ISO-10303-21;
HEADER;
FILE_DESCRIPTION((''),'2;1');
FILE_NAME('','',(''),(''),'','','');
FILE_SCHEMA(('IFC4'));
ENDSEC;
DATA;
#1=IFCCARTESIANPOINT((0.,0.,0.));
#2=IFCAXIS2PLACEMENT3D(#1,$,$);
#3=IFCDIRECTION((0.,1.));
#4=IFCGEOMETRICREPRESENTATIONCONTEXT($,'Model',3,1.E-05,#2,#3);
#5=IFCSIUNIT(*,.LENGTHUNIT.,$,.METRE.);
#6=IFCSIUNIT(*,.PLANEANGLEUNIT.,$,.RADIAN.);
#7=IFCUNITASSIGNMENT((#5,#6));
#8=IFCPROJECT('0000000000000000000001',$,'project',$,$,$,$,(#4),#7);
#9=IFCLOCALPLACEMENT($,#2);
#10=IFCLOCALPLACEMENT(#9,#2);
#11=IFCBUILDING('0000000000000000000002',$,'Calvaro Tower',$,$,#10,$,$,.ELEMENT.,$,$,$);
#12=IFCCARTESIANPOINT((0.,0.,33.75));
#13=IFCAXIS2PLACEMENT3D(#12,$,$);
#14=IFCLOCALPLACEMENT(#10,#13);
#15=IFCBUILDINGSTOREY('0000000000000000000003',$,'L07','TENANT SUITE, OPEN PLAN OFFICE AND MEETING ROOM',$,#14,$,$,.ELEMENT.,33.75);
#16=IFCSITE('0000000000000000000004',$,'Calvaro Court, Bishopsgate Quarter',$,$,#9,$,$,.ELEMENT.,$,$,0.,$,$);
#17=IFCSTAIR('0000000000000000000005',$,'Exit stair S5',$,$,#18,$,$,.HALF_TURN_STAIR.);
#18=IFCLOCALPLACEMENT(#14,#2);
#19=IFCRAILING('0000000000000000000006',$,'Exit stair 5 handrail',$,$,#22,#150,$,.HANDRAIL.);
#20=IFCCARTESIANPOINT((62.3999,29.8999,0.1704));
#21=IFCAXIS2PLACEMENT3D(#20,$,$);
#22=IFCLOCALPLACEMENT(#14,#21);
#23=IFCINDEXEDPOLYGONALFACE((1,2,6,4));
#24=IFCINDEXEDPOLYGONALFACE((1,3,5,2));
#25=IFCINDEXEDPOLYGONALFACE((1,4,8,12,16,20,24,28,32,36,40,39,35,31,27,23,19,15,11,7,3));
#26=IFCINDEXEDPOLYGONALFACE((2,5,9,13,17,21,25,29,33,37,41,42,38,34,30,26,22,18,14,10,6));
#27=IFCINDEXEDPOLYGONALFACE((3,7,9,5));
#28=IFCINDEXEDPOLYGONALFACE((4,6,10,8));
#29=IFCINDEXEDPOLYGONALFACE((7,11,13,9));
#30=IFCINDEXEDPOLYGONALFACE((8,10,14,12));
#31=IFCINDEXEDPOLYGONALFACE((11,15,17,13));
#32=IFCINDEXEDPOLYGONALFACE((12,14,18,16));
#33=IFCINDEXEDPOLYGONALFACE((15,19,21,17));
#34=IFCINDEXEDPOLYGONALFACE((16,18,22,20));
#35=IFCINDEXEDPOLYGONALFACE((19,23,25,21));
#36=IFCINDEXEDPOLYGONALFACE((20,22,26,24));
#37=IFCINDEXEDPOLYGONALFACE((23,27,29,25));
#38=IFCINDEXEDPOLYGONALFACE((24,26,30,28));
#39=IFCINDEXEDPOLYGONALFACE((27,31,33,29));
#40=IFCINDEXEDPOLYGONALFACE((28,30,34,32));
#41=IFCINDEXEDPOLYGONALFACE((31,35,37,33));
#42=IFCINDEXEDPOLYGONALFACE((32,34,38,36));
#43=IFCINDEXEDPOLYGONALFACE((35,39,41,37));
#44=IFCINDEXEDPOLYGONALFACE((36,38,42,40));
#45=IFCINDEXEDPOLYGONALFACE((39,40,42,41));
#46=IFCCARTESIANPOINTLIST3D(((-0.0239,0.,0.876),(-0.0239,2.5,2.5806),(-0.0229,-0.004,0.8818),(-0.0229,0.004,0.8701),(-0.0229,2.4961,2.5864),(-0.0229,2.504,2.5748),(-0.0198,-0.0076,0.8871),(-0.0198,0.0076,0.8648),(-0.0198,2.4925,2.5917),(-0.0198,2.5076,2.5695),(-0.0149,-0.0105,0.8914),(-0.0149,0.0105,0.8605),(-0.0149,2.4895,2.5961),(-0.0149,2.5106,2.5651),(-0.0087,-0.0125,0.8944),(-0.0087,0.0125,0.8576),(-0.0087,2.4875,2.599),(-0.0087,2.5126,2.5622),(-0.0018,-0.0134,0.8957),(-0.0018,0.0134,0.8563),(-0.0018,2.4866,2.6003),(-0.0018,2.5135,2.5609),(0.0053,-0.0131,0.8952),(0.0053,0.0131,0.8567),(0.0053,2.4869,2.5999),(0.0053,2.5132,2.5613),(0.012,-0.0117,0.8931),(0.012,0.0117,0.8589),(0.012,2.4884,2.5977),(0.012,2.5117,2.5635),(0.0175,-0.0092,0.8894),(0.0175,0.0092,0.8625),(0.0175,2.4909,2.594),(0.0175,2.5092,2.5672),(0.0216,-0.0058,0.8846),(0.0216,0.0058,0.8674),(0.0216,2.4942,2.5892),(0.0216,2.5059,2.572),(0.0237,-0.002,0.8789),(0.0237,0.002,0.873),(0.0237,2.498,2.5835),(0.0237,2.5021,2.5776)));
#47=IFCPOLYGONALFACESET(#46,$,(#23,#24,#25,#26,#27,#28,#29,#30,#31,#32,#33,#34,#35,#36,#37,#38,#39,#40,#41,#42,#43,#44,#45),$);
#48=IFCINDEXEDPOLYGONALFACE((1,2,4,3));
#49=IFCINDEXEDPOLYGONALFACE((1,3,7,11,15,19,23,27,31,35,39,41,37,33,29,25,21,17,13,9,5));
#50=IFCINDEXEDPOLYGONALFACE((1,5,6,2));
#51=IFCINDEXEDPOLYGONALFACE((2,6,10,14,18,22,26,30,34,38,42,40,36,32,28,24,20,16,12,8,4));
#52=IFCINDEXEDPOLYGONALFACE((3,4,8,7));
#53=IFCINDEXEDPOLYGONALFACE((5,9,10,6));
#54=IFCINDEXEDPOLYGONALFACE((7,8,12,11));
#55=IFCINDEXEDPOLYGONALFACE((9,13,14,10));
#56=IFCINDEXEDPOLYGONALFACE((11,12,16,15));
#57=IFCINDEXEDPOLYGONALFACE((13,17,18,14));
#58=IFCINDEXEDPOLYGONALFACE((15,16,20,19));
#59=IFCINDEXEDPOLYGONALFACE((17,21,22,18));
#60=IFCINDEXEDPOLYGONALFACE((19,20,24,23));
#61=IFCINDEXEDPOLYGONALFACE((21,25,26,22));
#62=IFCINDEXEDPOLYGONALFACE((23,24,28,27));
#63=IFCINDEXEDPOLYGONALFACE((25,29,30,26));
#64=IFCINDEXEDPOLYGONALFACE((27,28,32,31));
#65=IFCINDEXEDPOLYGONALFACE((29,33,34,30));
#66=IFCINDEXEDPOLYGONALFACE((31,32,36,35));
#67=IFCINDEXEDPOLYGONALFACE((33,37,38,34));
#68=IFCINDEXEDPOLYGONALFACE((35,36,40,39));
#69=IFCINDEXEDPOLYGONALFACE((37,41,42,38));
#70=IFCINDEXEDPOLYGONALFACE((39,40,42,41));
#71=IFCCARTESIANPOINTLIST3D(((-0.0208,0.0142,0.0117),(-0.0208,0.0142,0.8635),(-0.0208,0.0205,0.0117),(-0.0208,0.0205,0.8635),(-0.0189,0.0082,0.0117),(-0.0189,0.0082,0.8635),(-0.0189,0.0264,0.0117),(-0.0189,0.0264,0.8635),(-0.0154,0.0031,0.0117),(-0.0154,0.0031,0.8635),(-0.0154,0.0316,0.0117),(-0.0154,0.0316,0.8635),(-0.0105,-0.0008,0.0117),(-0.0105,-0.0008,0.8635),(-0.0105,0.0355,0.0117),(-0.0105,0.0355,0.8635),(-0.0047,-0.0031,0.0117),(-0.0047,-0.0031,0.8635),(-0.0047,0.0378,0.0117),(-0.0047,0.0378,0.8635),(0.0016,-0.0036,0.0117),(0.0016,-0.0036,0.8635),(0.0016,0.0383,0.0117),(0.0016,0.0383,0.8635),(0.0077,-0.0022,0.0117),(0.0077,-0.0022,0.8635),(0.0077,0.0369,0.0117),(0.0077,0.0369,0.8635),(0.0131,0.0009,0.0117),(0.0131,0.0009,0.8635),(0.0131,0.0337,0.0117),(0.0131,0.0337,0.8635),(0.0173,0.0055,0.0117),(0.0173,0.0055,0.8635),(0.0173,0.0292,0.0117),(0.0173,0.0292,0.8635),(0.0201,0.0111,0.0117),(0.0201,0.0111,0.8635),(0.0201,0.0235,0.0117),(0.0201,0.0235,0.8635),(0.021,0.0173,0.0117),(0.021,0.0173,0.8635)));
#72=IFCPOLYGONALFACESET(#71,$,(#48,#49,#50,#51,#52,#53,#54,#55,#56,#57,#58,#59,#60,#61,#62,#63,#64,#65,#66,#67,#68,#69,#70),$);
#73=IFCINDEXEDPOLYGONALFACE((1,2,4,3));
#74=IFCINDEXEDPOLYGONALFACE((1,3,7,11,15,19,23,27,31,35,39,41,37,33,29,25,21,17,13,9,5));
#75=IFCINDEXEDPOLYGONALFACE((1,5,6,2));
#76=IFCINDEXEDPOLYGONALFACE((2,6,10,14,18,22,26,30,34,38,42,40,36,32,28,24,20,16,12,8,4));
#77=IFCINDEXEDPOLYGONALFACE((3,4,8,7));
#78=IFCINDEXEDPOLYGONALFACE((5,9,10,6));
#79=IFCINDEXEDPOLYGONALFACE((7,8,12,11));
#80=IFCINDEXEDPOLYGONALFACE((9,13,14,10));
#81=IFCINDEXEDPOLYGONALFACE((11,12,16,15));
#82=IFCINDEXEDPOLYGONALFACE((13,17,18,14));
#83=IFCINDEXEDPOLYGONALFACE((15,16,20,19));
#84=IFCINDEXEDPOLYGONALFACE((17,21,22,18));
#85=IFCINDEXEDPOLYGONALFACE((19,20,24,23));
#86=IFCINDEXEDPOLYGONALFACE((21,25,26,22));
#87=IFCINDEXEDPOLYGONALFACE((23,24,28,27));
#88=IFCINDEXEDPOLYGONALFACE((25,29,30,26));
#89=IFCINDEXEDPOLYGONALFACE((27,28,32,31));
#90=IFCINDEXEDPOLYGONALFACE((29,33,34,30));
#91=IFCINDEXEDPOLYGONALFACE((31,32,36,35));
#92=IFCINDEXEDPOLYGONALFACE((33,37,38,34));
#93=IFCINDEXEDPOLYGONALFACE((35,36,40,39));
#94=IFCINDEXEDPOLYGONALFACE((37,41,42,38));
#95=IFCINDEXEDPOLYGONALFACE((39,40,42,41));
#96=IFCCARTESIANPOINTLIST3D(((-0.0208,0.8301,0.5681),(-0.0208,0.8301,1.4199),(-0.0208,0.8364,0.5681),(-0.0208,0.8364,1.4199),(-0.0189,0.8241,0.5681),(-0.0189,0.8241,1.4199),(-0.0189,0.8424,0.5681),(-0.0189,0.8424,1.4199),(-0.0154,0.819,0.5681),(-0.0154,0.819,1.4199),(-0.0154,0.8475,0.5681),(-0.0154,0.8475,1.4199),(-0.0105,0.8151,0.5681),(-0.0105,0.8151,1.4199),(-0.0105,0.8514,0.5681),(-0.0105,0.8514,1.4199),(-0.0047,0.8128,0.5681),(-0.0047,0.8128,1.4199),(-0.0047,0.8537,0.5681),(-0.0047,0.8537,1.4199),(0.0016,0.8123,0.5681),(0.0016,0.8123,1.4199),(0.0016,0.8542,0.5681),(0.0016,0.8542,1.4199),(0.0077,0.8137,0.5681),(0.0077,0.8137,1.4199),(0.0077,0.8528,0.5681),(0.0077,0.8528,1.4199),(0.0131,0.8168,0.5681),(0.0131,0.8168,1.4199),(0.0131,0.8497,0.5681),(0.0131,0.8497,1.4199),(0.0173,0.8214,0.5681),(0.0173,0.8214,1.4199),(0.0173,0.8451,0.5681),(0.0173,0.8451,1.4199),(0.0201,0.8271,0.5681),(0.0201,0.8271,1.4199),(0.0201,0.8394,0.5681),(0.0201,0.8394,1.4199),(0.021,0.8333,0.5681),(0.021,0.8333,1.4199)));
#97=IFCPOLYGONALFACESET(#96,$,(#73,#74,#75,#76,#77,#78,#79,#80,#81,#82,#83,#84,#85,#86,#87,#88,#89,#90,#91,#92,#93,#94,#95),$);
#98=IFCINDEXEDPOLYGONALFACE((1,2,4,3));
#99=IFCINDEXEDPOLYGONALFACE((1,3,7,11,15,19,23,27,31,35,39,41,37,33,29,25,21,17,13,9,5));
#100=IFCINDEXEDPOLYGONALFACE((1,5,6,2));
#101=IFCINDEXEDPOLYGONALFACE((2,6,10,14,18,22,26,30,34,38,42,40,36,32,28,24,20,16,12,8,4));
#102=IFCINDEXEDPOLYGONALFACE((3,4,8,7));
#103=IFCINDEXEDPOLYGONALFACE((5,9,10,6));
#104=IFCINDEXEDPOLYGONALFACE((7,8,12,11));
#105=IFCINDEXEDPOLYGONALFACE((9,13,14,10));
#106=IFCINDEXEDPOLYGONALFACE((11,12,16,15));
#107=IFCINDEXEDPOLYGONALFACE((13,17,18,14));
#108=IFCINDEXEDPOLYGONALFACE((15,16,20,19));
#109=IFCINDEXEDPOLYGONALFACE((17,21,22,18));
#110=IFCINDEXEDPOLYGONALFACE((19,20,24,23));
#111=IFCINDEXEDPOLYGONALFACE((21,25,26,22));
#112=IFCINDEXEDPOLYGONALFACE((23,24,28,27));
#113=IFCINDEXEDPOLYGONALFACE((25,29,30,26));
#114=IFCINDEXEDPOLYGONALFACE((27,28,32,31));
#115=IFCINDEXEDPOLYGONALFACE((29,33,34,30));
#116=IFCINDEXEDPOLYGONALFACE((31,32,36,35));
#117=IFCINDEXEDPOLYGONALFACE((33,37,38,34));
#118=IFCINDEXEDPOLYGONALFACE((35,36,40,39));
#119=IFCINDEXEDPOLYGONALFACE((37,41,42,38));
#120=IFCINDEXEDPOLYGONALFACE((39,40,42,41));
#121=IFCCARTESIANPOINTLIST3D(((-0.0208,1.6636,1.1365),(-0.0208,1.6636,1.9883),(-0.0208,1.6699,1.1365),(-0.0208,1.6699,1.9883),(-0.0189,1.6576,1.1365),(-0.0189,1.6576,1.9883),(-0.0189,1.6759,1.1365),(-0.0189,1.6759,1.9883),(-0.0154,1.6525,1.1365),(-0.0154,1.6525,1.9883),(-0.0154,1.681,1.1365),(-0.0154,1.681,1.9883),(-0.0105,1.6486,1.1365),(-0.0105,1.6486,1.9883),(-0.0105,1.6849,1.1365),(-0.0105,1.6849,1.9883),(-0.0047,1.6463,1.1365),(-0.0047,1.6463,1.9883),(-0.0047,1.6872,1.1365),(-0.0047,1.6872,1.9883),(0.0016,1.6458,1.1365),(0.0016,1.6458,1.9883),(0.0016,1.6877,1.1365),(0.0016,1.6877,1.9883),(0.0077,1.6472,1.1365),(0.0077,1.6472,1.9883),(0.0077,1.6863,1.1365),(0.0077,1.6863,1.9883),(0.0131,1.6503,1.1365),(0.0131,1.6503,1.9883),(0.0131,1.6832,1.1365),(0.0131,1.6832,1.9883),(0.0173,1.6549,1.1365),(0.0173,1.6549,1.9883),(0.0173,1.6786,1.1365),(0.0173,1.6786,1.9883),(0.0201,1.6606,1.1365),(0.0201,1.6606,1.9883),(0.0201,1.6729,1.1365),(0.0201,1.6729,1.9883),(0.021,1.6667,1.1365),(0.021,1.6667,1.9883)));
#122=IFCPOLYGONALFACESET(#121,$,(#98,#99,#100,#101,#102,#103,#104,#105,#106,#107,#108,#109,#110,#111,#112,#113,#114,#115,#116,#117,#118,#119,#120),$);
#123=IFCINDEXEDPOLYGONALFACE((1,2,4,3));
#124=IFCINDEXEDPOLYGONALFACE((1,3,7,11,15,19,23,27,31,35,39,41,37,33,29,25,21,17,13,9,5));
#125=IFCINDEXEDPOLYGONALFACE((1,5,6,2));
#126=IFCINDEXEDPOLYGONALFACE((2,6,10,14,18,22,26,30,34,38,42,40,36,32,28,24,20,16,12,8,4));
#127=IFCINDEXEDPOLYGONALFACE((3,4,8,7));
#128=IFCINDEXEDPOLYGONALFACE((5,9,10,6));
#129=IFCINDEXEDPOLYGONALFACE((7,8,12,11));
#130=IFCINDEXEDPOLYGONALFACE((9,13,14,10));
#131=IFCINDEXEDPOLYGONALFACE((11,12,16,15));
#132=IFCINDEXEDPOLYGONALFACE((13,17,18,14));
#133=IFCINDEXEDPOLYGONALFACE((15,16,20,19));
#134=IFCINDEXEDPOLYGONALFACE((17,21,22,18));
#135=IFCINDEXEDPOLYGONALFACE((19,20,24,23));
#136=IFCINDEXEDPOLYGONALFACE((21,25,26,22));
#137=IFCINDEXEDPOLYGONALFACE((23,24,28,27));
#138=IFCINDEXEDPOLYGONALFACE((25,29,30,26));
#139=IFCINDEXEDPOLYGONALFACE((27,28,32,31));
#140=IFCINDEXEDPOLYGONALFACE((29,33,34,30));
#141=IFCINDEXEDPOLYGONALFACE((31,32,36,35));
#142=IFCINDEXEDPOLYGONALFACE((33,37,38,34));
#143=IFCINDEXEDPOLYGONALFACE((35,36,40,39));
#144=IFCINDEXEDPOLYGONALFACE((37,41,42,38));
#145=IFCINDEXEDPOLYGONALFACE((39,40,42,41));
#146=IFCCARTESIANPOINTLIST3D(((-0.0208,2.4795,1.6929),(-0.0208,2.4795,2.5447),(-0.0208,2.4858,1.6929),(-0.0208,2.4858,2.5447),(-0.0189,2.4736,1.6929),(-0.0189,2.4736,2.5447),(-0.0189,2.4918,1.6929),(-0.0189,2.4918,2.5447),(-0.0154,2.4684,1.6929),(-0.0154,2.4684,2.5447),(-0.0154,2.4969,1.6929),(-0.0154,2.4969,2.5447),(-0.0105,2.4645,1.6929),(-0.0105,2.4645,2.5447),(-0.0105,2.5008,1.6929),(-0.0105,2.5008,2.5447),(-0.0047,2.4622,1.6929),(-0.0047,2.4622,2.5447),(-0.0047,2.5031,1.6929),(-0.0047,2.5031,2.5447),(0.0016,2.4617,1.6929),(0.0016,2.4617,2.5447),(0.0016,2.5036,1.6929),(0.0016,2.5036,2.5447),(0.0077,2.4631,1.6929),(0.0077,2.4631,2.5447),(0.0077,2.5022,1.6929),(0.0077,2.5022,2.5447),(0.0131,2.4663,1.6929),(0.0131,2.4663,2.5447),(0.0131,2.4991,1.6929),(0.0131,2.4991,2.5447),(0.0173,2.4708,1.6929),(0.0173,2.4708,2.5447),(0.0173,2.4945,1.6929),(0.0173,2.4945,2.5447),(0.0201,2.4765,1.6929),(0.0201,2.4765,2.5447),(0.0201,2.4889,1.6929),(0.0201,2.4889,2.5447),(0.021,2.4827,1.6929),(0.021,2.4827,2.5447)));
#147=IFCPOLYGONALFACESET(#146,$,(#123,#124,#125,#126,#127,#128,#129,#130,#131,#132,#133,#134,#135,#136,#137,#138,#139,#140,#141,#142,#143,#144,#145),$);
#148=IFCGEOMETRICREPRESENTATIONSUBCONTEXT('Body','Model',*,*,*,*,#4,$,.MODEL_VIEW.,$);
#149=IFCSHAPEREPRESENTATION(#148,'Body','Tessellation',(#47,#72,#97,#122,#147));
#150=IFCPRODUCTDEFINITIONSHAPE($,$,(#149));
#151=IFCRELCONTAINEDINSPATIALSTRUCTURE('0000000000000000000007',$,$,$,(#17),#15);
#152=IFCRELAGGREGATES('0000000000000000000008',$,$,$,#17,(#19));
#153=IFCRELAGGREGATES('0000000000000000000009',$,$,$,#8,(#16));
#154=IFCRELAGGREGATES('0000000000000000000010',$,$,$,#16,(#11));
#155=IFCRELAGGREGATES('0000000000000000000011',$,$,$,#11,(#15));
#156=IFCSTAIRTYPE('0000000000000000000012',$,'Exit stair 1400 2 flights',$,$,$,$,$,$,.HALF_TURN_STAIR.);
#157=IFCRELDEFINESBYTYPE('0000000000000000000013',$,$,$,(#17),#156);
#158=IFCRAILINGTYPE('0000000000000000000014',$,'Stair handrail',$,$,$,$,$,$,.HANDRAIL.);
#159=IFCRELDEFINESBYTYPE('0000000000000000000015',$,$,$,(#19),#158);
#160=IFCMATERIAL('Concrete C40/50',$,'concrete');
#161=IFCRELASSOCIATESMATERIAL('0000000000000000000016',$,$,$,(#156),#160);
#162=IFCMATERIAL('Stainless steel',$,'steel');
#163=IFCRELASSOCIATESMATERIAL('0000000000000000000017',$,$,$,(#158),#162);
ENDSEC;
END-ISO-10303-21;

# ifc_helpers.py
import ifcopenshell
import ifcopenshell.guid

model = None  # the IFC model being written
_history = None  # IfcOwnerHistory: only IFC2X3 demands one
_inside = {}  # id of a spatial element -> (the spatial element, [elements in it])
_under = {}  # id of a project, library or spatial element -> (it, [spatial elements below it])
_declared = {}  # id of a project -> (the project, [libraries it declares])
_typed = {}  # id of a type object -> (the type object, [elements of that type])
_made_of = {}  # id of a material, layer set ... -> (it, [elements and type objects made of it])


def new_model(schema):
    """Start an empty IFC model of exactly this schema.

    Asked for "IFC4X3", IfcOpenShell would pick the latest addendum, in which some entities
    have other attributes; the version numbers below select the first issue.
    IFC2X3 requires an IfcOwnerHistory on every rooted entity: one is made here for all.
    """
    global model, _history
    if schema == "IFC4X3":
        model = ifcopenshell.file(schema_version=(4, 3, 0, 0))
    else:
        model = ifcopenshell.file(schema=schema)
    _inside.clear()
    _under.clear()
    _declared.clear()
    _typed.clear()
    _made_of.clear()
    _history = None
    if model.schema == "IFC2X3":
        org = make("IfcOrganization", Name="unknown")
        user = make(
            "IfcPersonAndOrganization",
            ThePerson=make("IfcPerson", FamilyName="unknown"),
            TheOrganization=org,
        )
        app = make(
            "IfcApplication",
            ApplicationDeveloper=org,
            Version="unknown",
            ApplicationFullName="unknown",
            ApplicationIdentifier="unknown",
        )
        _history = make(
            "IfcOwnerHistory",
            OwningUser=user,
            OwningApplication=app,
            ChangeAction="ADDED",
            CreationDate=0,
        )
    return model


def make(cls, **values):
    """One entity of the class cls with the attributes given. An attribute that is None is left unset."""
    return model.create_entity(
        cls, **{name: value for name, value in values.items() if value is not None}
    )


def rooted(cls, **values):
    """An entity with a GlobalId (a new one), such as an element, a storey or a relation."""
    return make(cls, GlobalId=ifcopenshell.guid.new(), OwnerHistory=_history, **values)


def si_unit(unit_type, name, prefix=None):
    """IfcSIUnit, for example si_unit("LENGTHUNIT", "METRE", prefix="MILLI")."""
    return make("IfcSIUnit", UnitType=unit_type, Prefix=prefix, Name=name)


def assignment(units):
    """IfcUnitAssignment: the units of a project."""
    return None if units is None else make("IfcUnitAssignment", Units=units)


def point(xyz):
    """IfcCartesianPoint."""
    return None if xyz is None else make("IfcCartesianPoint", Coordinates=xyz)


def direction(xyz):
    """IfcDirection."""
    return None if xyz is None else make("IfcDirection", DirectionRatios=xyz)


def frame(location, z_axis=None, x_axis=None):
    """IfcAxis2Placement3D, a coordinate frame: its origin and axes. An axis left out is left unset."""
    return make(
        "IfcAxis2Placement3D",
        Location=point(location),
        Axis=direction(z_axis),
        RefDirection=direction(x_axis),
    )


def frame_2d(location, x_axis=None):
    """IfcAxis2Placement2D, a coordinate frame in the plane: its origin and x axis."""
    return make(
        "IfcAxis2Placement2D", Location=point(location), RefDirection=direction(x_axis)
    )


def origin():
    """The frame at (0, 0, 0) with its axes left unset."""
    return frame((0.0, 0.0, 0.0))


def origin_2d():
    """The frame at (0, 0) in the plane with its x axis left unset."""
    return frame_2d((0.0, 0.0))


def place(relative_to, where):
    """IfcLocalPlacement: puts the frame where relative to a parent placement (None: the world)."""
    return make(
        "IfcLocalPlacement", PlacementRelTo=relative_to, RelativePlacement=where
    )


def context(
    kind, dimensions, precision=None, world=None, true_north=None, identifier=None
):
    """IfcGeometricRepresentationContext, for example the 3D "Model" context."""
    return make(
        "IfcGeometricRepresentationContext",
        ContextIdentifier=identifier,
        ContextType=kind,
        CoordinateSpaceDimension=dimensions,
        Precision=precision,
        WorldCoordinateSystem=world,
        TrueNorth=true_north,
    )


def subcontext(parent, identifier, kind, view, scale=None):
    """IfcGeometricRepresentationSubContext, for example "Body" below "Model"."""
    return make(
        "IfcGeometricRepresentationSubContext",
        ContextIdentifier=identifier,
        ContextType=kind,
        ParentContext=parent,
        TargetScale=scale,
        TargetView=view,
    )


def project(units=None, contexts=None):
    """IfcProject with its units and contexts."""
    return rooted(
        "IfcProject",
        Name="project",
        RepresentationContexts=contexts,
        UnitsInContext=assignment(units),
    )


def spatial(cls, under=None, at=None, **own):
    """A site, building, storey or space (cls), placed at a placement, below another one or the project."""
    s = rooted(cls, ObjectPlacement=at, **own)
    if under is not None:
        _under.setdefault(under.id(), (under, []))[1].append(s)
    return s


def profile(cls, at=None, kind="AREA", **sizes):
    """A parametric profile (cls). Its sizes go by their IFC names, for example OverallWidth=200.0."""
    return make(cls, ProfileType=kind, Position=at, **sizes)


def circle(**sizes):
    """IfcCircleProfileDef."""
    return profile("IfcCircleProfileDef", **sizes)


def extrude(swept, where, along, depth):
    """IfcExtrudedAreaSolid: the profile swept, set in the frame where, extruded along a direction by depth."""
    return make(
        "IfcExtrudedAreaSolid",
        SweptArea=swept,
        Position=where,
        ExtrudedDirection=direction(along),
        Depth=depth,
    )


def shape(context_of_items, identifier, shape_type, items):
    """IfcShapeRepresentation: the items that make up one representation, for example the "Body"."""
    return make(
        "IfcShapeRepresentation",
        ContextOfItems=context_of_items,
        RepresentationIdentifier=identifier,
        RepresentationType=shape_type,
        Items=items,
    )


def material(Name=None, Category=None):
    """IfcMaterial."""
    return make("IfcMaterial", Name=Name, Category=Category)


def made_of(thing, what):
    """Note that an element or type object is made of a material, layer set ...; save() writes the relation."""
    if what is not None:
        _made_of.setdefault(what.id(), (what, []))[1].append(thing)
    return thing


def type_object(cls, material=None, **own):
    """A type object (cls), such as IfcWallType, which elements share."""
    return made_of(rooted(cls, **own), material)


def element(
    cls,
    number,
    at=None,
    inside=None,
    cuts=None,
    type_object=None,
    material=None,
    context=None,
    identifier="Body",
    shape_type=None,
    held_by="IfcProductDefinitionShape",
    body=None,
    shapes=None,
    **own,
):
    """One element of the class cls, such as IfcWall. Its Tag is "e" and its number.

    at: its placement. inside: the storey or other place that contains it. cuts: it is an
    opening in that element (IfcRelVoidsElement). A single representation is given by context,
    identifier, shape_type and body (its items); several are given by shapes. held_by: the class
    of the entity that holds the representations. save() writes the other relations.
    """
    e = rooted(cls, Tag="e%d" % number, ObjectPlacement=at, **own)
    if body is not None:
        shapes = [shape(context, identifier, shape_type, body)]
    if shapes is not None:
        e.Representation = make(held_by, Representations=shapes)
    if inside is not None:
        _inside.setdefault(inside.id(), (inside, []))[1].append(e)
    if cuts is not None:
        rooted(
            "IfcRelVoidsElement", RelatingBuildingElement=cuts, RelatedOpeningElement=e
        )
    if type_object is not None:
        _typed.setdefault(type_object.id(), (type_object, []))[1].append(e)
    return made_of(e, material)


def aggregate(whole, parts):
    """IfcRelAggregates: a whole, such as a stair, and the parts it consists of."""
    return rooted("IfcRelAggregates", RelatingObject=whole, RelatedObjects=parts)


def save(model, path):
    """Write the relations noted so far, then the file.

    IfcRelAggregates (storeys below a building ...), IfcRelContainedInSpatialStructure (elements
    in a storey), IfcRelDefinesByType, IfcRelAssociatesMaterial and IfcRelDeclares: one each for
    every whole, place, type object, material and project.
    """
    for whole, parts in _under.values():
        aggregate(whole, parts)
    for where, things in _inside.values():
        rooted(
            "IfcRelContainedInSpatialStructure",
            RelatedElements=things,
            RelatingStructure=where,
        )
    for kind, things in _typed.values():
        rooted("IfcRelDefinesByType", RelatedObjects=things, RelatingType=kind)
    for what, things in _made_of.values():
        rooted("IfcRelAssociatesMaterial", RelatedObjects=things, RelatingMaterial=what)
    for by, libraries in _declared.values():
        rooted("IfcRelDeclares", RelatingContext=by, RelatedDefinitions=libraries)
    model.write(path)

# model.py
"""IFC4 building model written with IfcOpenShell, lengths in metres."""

from ifc_helpers import new_model, si_unit, direction, frame, origin, origin_2d, place, context, subcontext, project, spatial, circle, extrude, material, type_object, element, aggregate, save


model = new_model("IFC4")

# Units and contexts
model_context = context("Model", 3, precision=1e-05, world=origin(), true_north=direction((0.0, 1.0)))
body_context = subcontext(model_context, "Body", "Model", "MODEL_VIEW")
ifc_project = project(units=[si_unit("LENGTHUNIT", "METRE"), si_unit("PLANEANGLEUNIT", "RADIAN")], contexts=[model_context])

# Site, building, storey
site_placement = place(None, origin())
site = spatial("IfcSite", under=ifc_project, at=site_placement, Name="Calvaro Court, Bishopsgate Quarter", CompositionType="ELEMENT", RefElevation=0.0)
building_placement = place(site_placement, origin())
building = spatial("IfcBuilding", under=site, at=building_placement, Name="Calvaro Tower", CompositionType="ELEMENT")
storey_placement = place(building_placement, frame((0.0, 0.0, 33.75)))
storey = spatial("IfcBuildingStorey", under=building, at=storey_placement, Name="L07", Description="TENANT SUITE, OPEN PLAN OFFICE AND MEETING ROOM", CompositionType="ELEMENT", Elevation=33.75)

# Stair
ifc_material_1 = material(Name="Concrete C40/50", Category="concrete")
stair_type = type_object("IfcStairType", Name="Exit stair 1400 2 flights", PredefinedType="HALF_TURN_STAIR", material=ifc_material_1)
stair_1_placement = place(storey_placement, origin())
stair_1 = element("IfcStair", 1, at=stair_1_placement, inside=storey, type_object=stair_type, Name="Exit stair S5", PredefinedType="HALF_TURN_STAIR")

# Shared definitions
ifc_material_2 = material(Name="Stainless steel", Category="steel")
railing_type = type_object("IfcRailingType", Name="Stair handrail", PredefinedType="HANDRAIL", material=ifc_material_2)

# Railing
railing_1_placement = place(storey_placement, frame((62.3999, 29.8999, 0.1704)))
railing_1 = element("IfcRailing", 2, at=railing_1_placement, type_object=railing_type, Name="Exit stair 5 handrail", PredefinedType="HANDRAIL", context=body_context, shape_type="SweptSolid", body=[
    extrude(circle(Radius=0.0239, at=origin_2d()), frame((0.0, 0.0, 0.876), z_axis=(0.0, 0.826221, 0.563347), x_axis=(-1.0, 0.0, 0.0)), (0.0, 0.0, 1.0), 3.0259),
    extrude(circle(Radius=0.021, at=origin_2d()), frame((0.0, 0.0173, 0.0117)), (0.0, 0.0, 1.0), 0.8518),
    extrude(circle(Radius=0.021, at=origin_2d()), frame((0.0, 0.8333, 0.5681)), (0.0, 0.0, 1.0), 0.8518),
    extrude(circle(Radius=0.021, at=origin_2d()), frame((0.0, 1.6667, 1.1365)), (0.0, 0.0, 1.0), 0.8518),
    extrude(circle(Radius=0.021, at=origin_2d()), frame((0.0, 2.4827, 1.6929)), (0.0, 0.0, 1.0), 0.8518),
])
aggregate(stair_1, [railing_1])

save(model, "model.ifc")
